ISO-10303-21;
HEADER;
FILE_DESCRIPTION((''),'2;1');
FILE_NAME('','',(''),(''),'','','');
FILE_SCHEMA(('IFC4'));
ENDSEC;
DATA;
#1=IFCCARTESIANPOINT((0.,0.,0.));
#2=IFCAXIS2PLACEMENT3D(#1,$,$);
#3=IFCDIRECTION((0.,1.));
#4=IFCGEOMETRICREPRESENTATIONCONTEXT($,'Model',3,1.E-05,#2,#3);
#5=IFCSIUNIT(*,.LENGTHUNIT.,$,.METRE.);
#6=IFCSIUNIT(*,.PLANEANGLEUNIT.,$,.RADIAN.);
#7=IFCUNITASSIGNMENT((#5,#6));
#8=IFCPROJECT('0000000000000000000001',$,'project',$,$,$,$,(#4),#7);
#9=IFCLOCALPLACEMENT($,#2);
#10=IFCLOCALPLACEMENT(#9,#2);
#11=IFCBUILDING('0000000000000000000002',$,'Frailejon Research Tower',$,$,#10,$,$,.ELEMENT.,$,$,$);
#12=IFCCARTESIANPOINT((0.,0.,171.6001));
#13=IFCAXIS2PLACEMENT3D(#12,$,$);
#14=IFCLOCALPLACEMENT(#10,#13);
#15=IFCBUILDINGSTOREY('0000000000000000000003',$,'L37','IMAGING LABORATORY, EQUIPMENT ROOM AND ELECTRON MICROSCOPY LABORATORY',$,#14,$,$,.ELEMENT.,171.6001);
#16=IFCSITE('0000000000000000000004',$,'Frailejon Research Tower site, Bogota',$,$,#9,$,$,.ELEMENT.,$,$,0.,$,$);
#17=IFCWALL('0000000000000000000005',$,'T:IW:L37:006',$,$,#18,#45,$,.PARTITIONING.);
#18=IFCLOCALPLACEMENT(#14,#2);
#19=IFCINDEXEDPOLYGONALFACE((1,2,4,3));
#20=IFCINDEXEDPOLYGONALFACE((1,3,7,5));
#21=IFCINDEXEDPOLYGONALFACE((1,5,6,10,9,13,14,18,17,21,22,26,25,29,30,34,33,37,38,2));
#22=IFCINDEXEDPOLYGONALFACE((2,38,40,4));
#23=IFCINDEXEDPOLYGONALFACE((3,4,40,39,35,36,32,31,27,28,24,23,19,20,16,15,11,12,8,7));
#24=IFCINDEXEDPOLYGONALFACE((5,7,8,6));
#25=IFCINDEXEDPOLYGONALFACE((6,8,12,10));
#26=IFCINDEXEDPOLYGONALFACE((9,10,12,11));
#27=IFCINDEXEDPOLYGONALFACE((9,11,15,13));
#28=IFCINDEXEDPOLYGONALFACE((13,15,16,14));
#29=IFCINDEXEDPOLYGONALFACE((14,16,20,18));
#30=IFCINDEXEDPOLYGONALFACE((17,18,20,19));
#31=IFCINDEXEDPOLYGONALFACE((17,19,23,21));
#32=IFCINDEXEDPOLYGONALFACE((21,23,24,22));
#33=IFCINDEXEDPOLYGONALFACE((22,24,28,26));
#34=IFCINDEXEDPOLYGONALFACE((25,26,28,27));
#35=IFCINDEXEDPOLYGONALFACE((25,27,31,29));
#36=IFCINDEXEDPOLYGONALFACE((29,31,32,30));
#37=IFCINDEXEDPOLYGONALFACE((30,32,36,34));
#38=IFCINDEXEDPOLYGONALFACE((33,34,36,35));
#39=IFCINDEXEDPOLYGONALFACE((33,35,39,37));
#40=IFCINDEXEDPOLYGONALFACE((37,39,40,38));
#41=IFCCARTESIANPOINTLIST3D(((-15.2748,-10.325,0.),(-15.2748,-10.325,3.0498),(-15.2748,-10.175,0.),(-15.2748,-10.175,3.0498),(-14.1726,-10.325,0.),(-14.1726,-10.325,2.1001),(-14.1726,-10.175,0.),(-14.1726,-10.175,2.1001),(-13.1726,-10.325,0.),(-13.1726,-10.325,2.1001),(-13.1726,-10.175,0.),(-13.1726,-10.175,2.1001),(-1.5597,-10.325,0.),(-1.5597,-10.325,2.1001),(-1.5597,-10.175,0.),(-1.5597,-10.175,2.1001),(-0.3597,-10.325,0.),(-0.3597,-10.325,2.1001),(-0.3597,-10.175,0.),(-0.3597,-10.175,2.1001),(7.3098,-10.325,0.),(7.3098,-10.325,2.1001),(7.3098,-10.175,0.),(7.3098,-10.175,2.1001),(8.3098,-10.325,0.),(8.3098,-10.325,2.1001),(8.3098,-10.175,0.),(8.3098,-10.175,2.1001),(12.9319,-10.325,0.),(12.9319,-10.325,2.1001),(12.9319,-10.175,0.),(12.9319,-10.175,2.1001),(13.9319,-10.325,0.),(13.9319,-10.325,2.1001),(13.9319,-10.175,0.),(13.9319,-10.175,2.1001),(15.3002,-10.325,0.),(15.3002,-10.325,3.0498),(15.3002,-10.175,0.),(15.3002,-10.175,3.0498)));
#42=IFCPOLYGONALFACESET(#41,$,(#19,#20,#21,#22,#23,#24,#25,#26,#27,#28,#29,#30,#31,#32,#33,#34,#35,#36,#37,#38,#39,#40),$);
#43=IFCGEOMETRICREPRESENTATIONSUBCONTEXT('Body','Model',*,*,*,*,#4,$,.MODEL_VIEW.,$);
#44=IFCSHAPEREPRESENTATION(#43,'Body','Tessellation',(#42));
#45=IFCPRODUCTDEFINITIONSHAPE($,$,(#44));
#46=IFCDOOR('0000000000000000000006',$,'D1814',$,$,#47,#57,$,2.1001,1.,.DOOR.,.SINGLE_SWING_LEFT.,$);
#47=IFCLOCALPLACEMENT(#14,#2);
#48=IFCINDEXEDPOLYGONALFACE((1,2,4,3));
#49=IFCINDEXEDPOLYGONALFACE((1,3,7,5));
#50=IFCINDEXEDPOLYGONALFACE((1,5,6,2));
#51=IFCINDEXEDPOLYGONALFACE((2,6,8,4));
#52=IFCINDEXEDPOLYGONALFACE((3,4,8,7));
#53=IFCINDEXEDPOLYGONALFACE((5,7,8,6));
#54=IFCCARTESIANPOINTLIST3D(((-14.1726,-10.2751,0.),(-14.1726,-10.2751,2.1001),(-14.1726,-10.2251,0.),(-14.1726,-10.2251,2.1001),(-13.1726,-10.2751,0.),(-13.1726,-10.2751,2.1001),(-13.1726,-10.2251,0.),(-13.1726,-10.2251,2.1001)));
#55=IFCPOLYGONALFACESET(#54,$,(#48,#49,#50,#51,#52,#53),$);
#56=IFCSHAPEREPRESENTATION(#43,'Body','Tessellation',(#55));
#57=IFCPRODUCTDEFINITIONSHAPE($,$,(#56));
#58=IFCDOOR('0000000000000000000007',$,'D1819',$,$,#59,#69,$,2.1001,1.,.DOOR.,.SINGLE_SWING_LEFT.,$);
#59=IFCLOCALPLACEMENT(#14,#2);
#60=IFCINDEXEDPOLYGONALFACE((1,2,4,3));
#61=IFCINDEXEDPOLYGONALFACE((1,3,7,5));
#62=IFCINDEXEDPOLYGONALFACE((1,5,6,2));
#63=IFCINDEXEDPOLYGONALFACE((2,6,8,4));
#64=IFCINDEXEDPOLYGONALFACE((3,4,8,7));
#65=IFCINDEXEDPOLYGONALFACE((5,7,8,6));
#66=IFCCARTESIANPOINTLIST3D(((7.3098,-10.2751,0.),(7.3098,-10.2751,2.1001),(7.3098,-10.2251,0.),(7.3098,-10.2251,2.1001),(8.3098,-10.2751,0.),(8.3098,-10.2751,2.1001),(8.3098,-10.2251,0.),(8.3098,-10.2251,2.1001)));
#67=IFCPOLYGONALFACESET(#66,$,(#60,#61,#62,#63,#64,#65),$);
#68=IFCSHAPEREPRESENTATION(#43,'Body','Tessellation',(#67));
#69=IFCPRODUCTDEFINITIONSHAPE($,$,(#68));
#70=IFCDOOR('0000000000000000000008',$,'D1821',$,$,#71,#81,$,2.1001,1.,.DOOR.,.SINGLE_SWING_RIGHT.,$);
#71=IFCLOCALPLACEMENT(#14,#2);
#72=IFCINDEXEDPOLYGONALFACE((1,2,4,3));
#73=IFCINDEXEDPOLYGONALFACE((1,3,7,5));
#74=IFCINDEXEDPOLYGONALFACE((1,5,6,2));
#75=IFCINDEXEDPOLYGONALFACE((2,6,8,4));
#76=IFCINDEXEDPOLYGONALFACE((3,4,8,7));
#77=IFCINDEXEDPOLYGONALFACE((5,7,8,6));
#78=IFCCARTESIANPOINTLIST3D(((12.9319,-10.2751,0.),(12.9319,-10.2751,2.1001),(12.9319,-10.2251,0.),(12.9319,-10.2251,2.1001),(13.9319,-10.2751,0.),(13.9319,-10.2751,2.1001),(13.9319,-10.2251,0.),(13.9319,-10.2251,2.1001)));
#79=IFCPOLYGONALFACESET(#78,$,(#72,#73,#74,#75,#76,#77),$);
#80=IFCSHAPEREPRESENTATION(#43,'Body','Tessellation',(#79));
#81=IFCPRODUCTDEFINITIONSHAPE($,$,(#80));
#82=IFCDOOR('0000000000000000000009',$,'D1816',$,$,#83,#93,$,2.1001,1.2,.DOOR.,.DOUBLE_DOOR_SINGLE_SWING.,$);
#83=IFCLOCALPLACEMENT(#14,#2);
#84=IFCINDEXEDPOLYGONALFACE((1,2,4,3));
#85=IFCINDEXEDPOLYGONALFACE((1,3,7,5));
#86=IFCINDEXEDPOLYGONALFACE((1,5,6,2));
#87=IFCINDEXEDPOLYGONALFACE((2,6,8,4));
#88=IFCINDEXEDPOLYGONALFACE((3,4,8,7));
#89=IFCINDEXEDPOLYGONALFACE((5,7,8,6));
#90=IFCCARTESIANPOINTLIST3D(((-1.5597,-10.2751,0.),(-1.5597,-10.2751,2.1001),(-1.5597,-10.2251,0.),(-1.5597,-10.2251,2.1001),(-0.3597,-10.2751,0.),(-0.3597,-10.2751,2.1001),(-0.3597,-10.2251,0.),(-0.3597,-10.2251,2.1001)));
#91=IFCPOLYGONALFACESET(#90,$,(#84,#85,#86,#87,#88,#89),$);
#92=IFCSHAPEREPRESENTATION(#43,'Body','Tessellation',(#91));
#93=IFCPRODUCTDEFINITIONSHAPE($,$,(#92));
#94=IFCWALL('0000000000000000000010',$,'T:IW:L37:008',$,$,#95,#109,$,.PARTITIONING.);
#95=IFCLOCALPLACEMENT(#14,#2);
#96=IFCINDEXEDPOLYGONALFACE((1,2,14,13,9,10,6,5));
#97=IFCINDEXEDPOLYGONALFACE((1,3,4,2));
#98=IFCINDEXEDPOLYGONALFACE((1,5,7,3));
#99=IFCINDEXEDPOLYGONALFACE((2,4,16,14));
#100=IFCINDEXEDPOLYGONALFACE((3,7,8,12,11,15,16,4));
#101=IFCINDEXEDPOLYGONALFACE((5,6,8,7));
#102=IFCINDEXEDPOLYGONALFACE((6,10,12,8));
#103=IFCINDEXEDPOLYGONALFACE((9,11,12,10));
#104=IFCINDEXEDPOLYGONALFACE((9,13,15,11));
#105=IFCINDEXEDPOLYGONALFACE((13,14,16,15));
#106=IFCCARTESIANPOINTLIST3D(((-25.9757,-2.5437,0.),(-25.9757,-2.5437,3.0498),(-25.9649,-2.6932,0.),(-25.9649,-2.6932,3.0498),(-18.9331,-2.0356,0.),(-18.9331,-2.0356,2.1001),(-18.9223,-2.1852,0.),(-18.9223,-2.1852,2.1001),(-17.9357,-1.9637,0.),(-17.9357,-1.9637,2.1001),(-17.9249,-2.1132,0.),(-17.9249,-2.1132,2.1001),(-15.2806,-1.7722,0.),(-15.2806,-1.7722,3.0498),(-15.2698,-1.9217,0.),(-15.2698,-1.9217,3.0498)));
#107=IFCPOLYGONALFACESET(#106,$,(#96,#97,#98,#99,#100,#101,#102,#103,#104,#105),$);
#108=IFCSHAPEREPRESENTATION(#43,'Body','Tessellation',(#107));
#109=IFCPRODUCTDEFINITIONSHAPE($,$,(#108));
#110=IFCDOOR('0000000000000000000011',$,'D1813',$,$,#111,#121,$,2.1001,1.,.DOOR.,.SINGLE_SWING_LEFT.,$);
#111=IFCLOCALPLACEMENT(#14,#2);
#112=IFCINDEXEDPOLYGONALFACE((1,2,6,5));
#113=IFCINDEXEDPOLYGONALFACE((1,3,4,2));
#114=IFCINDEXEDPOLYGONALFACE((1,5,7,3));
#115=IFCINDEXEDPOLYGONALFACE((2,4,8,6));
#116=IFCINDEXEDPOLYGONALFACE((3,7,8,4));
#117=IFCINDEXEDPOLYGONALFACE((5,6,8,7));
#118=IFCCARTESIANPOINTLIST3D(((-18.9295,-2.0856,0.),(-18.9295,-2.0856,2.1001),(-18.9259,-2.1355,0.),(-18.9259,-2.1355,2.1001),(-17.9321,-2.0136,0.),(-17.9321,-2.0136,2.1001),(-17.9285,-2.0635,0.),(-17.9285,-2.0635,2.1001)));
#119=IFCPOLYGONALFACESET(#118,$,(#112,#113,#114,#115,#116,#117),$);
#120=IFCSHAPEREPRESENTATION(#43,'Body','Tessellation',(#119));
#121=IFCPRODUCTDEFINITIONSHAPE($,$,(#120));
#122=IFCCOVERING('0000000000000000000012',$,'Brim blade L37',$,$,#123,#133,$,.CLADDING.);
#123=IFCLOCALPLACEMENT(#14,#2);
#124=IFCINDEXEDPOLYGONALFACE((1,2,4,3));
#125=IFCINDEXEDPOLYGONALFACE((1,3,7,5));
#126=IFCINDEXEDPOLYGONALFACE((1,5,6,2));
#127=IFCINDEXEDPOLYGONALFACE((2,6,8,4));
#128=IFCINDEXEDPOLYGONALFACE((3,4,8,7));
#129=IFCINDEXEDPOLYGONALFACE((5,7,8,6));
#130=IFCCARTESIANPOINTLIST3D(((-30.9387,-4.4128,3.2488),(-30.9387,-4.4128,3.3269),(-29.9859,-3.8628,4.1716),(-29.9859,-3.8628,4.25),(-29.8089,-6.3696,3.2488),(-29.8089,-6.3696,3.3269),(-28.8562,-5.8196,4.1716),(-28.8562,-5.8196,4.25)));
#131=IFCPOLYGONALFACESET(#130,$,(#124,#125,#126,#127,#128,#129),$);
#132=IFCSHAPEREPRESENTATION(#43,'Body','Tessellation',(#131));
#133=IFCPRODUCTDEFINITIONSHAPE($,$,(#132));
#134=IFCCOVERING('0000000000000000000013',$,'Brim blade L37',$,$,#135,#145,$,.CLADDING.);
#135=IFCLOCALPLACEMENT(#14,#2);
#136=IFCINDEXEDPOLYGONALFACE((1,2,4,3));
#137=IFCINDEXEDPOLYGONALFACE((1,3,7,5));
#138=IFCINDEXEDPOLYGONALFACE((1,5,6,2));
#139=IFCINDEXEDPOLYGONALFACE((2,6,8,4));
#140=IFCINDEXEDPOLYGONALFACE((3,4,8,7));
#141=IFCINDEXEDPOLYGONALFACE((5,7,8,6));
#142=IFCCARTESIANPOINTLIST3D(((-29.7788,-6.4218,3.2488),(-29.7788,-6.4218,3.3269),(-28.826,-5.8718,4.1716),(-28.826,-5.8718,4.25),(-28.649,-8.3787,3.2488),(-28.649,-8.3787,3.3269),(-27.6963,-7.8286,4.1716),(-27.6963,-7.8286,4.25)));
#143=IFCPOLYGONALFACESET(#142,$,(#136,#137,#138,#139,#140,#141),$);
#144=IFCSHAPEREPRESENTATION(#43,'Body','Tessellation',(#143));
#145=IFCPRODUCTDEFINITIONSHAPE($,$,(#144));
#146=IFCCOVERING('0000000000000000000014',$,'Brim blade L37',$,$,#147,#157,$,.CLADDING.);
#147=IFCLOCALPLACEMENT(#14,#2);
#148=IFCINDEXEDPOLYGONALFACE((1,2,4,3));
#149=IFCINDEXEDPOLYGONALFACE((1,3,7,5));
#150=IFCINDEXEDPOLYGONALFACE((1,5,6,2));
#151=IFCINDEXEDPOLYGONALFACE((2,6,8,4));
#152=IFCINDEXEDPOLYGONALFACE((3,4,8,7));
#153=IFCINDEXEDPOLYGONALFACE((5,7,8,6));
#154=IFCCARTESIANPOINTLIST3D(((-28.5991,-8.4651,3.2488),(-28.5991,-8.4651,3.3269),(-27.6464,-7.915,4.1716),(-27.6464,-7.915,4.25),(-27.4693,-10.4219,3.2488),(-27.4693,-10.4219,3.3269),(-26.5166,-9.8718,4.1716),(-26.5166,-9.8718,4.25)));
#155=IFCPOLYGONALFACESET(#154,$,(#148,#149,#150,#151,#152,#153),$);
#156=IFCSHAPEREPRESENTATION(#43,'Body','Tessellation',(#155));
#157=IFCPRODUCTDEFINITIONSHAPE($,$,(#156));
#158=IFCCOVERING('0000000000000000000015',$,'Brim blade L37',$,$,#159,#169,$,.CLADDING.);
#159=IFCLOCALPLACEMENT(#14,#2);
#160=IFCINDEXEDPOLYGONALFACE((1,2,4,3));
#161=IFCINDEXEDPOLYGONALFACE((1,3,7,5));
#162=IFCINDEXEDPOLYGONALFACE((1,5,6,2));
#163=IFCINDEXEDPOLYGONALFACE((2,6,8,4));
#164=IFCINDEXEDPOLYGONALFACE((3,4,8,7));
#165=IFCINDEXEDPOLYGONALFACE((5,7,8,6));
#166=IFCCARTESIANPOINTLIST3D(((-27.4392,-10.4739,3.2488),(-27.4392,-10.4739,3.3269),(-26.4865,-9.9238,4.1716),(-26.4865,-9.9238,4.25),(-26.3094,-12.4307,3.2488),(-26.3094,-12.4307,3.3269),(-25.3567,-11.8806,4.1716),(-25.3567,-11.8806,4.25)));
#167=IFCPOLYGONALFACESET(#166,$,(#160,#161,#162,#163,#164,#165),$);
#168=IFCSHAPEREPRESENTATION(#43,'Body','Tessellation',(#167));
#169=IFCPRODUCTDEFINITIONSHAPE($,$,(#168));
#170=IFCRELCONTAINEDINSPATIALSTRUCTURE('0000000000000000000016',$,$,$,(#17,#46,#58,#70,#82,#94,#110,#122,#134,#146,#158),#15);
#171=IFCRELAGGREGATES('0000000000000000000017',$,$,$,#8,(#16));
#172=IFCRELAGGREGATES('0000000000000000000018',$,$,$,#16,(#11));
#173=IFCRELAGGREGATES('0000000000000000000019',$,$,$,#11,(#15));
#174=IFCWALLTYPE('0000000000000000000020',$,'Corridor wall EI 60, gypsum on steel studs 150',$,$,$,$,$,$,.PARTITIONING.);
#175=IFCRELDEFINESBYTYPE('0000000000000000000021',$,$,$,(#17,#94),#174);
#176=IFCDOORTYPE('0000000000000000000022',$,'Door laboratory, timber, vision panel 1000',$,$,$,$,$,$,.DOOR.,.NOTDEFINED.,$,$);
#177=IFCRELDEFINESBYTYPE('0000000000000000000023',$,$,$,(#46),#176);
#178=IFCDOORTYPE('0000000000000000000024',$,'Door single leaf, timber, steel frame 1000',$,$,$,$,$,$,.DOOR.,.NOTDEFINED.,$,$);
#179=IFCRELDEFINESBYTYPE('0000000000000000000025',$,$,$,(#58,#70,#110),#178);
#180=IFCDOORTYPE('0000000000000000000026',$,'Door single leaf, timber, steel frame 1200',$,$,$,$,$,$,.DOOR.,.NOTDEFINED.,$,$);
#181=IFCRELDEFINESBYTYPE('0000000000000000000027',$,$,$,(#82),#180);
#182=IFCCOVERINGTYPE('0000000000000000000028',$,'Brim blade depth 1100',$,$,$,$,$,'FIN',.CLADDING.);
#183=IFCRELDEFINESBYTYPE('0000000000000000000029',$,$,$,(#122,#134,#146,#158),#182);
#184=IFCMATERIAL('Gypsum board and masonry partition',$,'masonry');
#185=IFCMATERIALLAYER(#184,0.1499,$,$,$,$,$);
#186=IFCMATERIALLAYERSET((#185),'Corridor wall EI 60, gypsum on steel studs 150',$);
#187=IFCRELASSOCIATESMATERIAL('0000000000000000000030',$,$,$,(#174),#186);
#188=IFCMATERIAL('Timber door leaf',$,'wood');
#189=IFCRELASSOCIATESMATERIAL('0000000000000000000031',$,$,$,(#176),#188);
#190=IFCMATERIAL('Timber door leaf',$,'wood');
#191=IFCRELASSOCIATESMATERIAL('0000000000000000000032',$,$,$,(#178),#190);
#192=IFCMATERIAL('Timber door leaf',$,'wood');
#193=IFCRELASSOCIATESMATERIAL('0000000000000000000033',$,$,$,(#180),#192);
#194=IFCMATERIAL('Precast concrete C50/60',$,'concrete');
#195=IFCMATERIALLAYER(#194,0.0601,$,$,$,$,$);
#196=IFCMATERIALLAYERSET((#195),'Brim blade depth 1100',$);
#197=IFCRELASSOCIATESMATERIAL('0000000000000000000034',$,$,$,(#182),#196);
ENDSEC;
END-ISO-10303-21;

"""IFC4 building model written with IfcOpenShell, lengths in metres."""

from ifc_helpers import new_model, si_unit, direction, frame, frame_2d, origin, place, context, subcontext, project, spatial, polyline, rectangle, outline, extrude, material, layer, layer_set, type_object, element, fill, save


model = new_model("IFC4")

# Units and contexts
model_context = context("Model", 3, precision=1e-05, world=origin(), true_north=direction((0.0, 1.0)))
body_context = subcontext(model_context, "Body", "Model", "MODEL_VIEW")
ifc_project = project(units=[si_unit("LENGTHUNIT", "METRE"), si_unit("PLANEANGLEUNIT", "RADIAN")], contexts=[model_context])

# Site, building, storey
site_placement = place(None, origin())
site = spatial("IfcSite", under=ifc_project, at=site_placement, Name="Frailejon Research Tower site, Bogota", CompositionType="ELEMENT", RefElevation=0.0)
building_placement = place(site_placement, origin())
building = spatial("IfcBuilding", under=site, at=building_placement, Name="Frailejon Research Tower", CompositionType="ELEMENT")
storey_placement = place(building_placement, frame((0.0, 0.0, 171.6001)))
storey = spatial("IfcBuildingStorey", under=building, at=storey_placement, Name="L37", Description="IMAGING LABORATORY, EQUIPMENT ROOM AND ELECTRON MICROSCOPY LABORATORY", CompositionType="ELEMENT", Elevation=171.6001)

# Shared definitions
ifc_material_1 = material(Name="Gypsum board and masonry partition", Category="masonry")
ifc_layer_1 = layer(ifc_material_1, 0.1499)
ifc_layer_set_1 = layer_set([ifc_layer_1], Name="Corridor wall EI 60, gypsum on steel studs 150")
wall_type_1 = type_object("IfcWallType", Name="Corridor wall EI 60, gypsum on steel studs 150", PredefinedType="PARTITIONING", material=ifc_layer_set_1)

# Wall, openings, doors
wall_1_placement = place(storey_placement, frame((-15.2749, -10.25, 0.0), z_axis=(0.0, 0.0, 1.0), x_axis=(1.0, 0.0, 0.0)))
wall_1 = element("IfcWall", 1, at=wall_1_placement, inside=storey, type_object=wall_type_1, Name="T:IW:L37:006", PredefinedType="PARTITIONING", context=body_context, shape_type="SweptSolid", body=[
    extrude(rectangle(XDim=30.575, YDim=0.1499, at=frame_2d((15.2876, 0.0))), origin(), (0.0, 0.0, 1.0), 3.0498),
])
opening_1_placement = place(wall_1_placement, frame((1.1023, 0.0, 0.0)))
opening_1 = element("IfcOpeningElement", 2, at=opening_1_placement, cuts=wall_1, PredefinedType="OPENING", context=body_context, shape_type="SweptSolid", body=[
    extrude(rectangle(XDim=1.0, YDim=2.1001, at=frame_2d((0.5, 1.05))), frame((0.0, 0.085, 0.0), z_axis=(0.0, -1.0, 0.0), x_axis=(1.0, 0.0, 0.0)), (0.0, 0.0, 1.0), 0.1699),
])
opening_2_placement = place(wall_1_placement, frame((13.7151, 0.0, 0.0)))
opening_2 = element("IfcOpeningElement", 3, at=opening_2_placement, cuts=wall_1, PredefinedType="OPENING", context=body_context, shape_type="SweptSolid", body=[
    extrude(rectangle(XDim=1.2, YDim=2.1001, at=frame_2d((0.6001, 1.05))), frame((0.0, 0.085, 0.0), z_axis=(0.0, -1.0, 0.0), x_axis=(1.0, 0.0, 0.0)), (0.0, 0.0, 1.0), 0.1699),
])
opening_3_placement = place(wall_1_placement, frame((22.5847, 0.0, 0.0)))
opening_3 = element("IfcOpeningElement", 4, at=opening_3_placement, cuts=wall_1, PredefinedType="OPENING", context=body_context, shape_type="SweptSolid", body=[
    extrude(rectangle(XDim=1.0, YDim=2.1001, at=frame_2d((0.5, 1.05))), frame((0.0, 0.085, 0.0), z_axis=(0.0, -1.0, 0.0), x_axis=(1.0, 0.0, 0.0)), (0.0, 0.0, 1.0), 0.1699),
])
opening_4_placement = place(wall_1_placement, frame((28.2068, 0.0, 0.0)))
opening_4 = element("IfcOpeningElement", 5, at=opening_4_placement, cuts=wall_1, PredefinedType="OPENING", context=body_context, shape_type="SweptSolid", body=[
    extrude(rectangle(XDim=1.0, YDim=2.1001, at=frame_2d((0.5, 1.05))), frame((0.0, 0.085, 0.0), z_axis=(0.0, -1.0, 0.0), x_axis=(1.0, 0.0, 0.0)), (0.0, 0.0, 1.0), 0.1699),
])
ifc_material_2 = material(Name="Timber door leaf", Category="wood")
door_type_1 = type_object("IfcDoorType", Name="Door laboratory, timber, vision panel 1000", OperationType="NOTDEFINED", PredefinedType="DOOR", material=ifc_material_2)
door_1_placement = place(opening_1_placement, origin())
door_1 = element("IfcDoor", 6, at=door_1_placement, inside=storey, type_object=door_type_1, Name="D1814", OperationType="SINGLE_SWING_LEFT", OverallHeight=2.1001, OverallWidth=1.0, PredefinedType="DOOR", context=body_context, shape_type="SweptSolid", body=[
    extrude(rectangle(XDim=1.0, YDim=2.1001, at=frame_2d((0.5, 1.05))), frame((0.0, 0.0249, 0.0), z_axis=(0.0, -1.0, 0.0), x_axis=(1.0, 0.0, 0.0)), (0.0, 0.0, 1.0), 0.05),
])
fill(opening_1, door_1)
ifc_material_3 = material(Name="Timber door leaf", Category="wood")
door_type_2 = type_object("IfcDoorType", Name="Door single leaf, timber, steel frame 1000", OperationType="NOTDEFINED", PredefinedType="DOOR", material=ifc_material_3)
door_2_placement = place(opening_3_placement, origin())
door_2 = element("IfcDoor", 7, at=door_2_placement, inside=storey, type_object=door_type_2, Name="D1819", OperationType="SINGLE_SWING_LEFT", OverallHeight=2.1001, OverallWidth=1.0, PredefinedType="DOOR", context=body_context, shape_type="SweptSolid", body=[
    extrude(rectangle(XDim=1.0, YDim=2.1001, at=frame_2d((0.5, 1.05))), frame((0.0, 0.0249, 0.0), z_axis=(0.0, -1.0, 0.0), x_axis=(1.0, 0.0, 0.0)), (0.0, 0.0, 1.0), 0.05),
])
fill(opening_3, door_2)
door_3_placement = place(opening_4_placement, origin())
door_3 = element("IfcDoor", 8, at=door_3_placement, inside=storey, type_object=door_type_2, Name="D1821", OperationType="SINGLE_SWING_RIGHT", OverallHeight=2.1001, OverallWidth=1.0, PredefinedType="DOOR", context=body_context, shape_type="SweptSolid", body=[
    extrude(rectangle(XDim=1.0, YDim=2.1001, at=frame_2d((0.5, 1.05))), frame((0.0, 0.0249, 0.0), z_axis=(0.0, -1.0, 0.0), x_axis=(1.0, 0.0, 0.0)), (0.0, 0.0, 1.0), 0.05),
])
fill(opening_4, door_3)
ifc_material_4 = material(Name="Timber door leaf", Category="wood")
door_type_3 = type_object("IfcDoorType", Name="Door single leaf, timber, steel frame 1200", OperationType="NOTDEFINED", PredefinedType="DOOR", material=ifc_material_4)
door_4_placement = place(opening_2_placement, origin())
door_4 = element("IfcDoor", 9, at=door_4_placement, inside=storey, type_object=door_type_3, Name="D1816", OperationType="DOUBLE_DOOR_SINGLE_SWING", OverallHeight=2.1001, OverallWidth=1.2, PredefinedType="DOOR", context=body_context, shape_type="SweptSolid", body=[
    extrude(rectangle(XDim=1.2, YDim=2.1001, at=frame_2d((0.6001, 1.05))), frame((0.0, 0.0249, 0.0), z_axis=(0.0, -1.0, 0.0), x_axis=(1.0, 0.0, 0.0)), (0.0, 0.0, 1.0), 0.05),
])
fill(opening_2, door_4)

# Wall, opening, door
wall_2_placement = place(storey_placement, frame((-25.9702, -2.6184, 0.0), z_axis=(0.0, 0.0, 1.0), x_axis=(0.997408, 0.071948, 0.0)))
wall_2 = element("IfcWall", 10, at=wall_2_placement, inside=storey, type_object=wall_type_1, Name="T:IW:L37:008", PredefinedType="PARTITIONING", context=body_context, shape_type="SweptSolid", body=[
    extrude(rectangle(XDim=10.7229, YDim=0.1499, at=frame_2d((5.3613, 0.0))), origin(), (0.0, 0.0, 1.0), 3.0498),
])
opening_5_placement = place(wall_2_placement, frame((7.0608, 0.0, 0.0)))
opening_5 = element("IfcOpeningElement", 11, at=opening_5_placement, cuts=wall_2, PredefinedType="OPENING", context=body_context, shape_type="SweptSolid", body=[
    extrude(rectangle(XDim=1.0, YDim=2.1001, at=frame_2d((0.5, 1.05))), frame((0.0, 0.085, 0.0), z_axis=(0.0, -1.0, 0.0), x_axis=(1.0, 0.0, 0.0)), (0.0, 0.0, 1.0), 0.1699),
])
door_5_placement = place(opening_5_placement, origin())
door_5 = element("IfcDoor", 12, at=door_5_placement, inside=storey, type_object=door_type_2, Name="D1813", OperationType="SINGLE_SWING_LEFT", OverallHeight=2.1001, OverallWidth=1.0, PredefinedType="DOOR", context=body_context, shape_type="SweptSolid", body=[
    extrude(rectangle(XDim=1.0, YDim=2.1001, at=frame_2d((0.5, 1.05))), frame((0.0, 0.0249, 0.0), z_axis=(0.0, -1.0, 0.0), x_axis=(1.0, 0.0, 0.0)), (0.0, 0.0, 1.0), 0.05),
])
fill(opening_5, door_5)

# Coverings
ifc_material_5 = material(Name="Precast concrete C50/60", Category="concrete")
ifc_layer_2 = layer(ifc_material_5, 0.0601)
ifc_layer_set_2 = layer_set([ifc_layer_2], Name="Brim blade depth 1100")
covering_type_1 = type_object("IfcCoveringType", Name="Brim blade depth 1100", ElementType="FIN", PredefinedType="CLADDING", material=ifc_layer_set_2)
for number, where, z_axis, x_axis, name in (
    (13, (-28.8562, -5.8196, 4.25), (-0.499994, 0.866029, 0.0), (-0.866029, -0.499994, 0.0), "Brim blade L37"),
    (14, (-27.6963, -7.8286, 4.25), (-0.499994, 0.866029, 0.0), (-0.866029, -0.499994, 0.0), "Brim blade L37"),
    (15, (-26.5166, -9.8718, 4.25), (-0.500003, 0.866024, 0.0), (-0.866024, -0.500003, 0.0), "Brim blade L37"),
    (16, (-25.3567, -11.8806, 4.25), (-0.500003, 0.866024, 0.0), (-0.866024, -0.500003, 0.0), "Brim blade L37"),
):
    element("IfcCovering", number, at=place(storey_placement, frame(where, z_axis=z_axis, x_axis=x_axis)), inside=storey, type_object=covering_type_1, Name=name, PredefinedType="CLADDING", context=body_context, shape_type="SweptSolid", body=[
        extrude(outline(polyline([(0.0, -0.0784), (1.1001, -1.0012), (1.1001, -0.9231), (0.0, 0.0), (0.0, -0.0784)])), origin(), (0.0, 0.0, 1.0), 2.2595),
    ])

save(model, "model.ifc")
